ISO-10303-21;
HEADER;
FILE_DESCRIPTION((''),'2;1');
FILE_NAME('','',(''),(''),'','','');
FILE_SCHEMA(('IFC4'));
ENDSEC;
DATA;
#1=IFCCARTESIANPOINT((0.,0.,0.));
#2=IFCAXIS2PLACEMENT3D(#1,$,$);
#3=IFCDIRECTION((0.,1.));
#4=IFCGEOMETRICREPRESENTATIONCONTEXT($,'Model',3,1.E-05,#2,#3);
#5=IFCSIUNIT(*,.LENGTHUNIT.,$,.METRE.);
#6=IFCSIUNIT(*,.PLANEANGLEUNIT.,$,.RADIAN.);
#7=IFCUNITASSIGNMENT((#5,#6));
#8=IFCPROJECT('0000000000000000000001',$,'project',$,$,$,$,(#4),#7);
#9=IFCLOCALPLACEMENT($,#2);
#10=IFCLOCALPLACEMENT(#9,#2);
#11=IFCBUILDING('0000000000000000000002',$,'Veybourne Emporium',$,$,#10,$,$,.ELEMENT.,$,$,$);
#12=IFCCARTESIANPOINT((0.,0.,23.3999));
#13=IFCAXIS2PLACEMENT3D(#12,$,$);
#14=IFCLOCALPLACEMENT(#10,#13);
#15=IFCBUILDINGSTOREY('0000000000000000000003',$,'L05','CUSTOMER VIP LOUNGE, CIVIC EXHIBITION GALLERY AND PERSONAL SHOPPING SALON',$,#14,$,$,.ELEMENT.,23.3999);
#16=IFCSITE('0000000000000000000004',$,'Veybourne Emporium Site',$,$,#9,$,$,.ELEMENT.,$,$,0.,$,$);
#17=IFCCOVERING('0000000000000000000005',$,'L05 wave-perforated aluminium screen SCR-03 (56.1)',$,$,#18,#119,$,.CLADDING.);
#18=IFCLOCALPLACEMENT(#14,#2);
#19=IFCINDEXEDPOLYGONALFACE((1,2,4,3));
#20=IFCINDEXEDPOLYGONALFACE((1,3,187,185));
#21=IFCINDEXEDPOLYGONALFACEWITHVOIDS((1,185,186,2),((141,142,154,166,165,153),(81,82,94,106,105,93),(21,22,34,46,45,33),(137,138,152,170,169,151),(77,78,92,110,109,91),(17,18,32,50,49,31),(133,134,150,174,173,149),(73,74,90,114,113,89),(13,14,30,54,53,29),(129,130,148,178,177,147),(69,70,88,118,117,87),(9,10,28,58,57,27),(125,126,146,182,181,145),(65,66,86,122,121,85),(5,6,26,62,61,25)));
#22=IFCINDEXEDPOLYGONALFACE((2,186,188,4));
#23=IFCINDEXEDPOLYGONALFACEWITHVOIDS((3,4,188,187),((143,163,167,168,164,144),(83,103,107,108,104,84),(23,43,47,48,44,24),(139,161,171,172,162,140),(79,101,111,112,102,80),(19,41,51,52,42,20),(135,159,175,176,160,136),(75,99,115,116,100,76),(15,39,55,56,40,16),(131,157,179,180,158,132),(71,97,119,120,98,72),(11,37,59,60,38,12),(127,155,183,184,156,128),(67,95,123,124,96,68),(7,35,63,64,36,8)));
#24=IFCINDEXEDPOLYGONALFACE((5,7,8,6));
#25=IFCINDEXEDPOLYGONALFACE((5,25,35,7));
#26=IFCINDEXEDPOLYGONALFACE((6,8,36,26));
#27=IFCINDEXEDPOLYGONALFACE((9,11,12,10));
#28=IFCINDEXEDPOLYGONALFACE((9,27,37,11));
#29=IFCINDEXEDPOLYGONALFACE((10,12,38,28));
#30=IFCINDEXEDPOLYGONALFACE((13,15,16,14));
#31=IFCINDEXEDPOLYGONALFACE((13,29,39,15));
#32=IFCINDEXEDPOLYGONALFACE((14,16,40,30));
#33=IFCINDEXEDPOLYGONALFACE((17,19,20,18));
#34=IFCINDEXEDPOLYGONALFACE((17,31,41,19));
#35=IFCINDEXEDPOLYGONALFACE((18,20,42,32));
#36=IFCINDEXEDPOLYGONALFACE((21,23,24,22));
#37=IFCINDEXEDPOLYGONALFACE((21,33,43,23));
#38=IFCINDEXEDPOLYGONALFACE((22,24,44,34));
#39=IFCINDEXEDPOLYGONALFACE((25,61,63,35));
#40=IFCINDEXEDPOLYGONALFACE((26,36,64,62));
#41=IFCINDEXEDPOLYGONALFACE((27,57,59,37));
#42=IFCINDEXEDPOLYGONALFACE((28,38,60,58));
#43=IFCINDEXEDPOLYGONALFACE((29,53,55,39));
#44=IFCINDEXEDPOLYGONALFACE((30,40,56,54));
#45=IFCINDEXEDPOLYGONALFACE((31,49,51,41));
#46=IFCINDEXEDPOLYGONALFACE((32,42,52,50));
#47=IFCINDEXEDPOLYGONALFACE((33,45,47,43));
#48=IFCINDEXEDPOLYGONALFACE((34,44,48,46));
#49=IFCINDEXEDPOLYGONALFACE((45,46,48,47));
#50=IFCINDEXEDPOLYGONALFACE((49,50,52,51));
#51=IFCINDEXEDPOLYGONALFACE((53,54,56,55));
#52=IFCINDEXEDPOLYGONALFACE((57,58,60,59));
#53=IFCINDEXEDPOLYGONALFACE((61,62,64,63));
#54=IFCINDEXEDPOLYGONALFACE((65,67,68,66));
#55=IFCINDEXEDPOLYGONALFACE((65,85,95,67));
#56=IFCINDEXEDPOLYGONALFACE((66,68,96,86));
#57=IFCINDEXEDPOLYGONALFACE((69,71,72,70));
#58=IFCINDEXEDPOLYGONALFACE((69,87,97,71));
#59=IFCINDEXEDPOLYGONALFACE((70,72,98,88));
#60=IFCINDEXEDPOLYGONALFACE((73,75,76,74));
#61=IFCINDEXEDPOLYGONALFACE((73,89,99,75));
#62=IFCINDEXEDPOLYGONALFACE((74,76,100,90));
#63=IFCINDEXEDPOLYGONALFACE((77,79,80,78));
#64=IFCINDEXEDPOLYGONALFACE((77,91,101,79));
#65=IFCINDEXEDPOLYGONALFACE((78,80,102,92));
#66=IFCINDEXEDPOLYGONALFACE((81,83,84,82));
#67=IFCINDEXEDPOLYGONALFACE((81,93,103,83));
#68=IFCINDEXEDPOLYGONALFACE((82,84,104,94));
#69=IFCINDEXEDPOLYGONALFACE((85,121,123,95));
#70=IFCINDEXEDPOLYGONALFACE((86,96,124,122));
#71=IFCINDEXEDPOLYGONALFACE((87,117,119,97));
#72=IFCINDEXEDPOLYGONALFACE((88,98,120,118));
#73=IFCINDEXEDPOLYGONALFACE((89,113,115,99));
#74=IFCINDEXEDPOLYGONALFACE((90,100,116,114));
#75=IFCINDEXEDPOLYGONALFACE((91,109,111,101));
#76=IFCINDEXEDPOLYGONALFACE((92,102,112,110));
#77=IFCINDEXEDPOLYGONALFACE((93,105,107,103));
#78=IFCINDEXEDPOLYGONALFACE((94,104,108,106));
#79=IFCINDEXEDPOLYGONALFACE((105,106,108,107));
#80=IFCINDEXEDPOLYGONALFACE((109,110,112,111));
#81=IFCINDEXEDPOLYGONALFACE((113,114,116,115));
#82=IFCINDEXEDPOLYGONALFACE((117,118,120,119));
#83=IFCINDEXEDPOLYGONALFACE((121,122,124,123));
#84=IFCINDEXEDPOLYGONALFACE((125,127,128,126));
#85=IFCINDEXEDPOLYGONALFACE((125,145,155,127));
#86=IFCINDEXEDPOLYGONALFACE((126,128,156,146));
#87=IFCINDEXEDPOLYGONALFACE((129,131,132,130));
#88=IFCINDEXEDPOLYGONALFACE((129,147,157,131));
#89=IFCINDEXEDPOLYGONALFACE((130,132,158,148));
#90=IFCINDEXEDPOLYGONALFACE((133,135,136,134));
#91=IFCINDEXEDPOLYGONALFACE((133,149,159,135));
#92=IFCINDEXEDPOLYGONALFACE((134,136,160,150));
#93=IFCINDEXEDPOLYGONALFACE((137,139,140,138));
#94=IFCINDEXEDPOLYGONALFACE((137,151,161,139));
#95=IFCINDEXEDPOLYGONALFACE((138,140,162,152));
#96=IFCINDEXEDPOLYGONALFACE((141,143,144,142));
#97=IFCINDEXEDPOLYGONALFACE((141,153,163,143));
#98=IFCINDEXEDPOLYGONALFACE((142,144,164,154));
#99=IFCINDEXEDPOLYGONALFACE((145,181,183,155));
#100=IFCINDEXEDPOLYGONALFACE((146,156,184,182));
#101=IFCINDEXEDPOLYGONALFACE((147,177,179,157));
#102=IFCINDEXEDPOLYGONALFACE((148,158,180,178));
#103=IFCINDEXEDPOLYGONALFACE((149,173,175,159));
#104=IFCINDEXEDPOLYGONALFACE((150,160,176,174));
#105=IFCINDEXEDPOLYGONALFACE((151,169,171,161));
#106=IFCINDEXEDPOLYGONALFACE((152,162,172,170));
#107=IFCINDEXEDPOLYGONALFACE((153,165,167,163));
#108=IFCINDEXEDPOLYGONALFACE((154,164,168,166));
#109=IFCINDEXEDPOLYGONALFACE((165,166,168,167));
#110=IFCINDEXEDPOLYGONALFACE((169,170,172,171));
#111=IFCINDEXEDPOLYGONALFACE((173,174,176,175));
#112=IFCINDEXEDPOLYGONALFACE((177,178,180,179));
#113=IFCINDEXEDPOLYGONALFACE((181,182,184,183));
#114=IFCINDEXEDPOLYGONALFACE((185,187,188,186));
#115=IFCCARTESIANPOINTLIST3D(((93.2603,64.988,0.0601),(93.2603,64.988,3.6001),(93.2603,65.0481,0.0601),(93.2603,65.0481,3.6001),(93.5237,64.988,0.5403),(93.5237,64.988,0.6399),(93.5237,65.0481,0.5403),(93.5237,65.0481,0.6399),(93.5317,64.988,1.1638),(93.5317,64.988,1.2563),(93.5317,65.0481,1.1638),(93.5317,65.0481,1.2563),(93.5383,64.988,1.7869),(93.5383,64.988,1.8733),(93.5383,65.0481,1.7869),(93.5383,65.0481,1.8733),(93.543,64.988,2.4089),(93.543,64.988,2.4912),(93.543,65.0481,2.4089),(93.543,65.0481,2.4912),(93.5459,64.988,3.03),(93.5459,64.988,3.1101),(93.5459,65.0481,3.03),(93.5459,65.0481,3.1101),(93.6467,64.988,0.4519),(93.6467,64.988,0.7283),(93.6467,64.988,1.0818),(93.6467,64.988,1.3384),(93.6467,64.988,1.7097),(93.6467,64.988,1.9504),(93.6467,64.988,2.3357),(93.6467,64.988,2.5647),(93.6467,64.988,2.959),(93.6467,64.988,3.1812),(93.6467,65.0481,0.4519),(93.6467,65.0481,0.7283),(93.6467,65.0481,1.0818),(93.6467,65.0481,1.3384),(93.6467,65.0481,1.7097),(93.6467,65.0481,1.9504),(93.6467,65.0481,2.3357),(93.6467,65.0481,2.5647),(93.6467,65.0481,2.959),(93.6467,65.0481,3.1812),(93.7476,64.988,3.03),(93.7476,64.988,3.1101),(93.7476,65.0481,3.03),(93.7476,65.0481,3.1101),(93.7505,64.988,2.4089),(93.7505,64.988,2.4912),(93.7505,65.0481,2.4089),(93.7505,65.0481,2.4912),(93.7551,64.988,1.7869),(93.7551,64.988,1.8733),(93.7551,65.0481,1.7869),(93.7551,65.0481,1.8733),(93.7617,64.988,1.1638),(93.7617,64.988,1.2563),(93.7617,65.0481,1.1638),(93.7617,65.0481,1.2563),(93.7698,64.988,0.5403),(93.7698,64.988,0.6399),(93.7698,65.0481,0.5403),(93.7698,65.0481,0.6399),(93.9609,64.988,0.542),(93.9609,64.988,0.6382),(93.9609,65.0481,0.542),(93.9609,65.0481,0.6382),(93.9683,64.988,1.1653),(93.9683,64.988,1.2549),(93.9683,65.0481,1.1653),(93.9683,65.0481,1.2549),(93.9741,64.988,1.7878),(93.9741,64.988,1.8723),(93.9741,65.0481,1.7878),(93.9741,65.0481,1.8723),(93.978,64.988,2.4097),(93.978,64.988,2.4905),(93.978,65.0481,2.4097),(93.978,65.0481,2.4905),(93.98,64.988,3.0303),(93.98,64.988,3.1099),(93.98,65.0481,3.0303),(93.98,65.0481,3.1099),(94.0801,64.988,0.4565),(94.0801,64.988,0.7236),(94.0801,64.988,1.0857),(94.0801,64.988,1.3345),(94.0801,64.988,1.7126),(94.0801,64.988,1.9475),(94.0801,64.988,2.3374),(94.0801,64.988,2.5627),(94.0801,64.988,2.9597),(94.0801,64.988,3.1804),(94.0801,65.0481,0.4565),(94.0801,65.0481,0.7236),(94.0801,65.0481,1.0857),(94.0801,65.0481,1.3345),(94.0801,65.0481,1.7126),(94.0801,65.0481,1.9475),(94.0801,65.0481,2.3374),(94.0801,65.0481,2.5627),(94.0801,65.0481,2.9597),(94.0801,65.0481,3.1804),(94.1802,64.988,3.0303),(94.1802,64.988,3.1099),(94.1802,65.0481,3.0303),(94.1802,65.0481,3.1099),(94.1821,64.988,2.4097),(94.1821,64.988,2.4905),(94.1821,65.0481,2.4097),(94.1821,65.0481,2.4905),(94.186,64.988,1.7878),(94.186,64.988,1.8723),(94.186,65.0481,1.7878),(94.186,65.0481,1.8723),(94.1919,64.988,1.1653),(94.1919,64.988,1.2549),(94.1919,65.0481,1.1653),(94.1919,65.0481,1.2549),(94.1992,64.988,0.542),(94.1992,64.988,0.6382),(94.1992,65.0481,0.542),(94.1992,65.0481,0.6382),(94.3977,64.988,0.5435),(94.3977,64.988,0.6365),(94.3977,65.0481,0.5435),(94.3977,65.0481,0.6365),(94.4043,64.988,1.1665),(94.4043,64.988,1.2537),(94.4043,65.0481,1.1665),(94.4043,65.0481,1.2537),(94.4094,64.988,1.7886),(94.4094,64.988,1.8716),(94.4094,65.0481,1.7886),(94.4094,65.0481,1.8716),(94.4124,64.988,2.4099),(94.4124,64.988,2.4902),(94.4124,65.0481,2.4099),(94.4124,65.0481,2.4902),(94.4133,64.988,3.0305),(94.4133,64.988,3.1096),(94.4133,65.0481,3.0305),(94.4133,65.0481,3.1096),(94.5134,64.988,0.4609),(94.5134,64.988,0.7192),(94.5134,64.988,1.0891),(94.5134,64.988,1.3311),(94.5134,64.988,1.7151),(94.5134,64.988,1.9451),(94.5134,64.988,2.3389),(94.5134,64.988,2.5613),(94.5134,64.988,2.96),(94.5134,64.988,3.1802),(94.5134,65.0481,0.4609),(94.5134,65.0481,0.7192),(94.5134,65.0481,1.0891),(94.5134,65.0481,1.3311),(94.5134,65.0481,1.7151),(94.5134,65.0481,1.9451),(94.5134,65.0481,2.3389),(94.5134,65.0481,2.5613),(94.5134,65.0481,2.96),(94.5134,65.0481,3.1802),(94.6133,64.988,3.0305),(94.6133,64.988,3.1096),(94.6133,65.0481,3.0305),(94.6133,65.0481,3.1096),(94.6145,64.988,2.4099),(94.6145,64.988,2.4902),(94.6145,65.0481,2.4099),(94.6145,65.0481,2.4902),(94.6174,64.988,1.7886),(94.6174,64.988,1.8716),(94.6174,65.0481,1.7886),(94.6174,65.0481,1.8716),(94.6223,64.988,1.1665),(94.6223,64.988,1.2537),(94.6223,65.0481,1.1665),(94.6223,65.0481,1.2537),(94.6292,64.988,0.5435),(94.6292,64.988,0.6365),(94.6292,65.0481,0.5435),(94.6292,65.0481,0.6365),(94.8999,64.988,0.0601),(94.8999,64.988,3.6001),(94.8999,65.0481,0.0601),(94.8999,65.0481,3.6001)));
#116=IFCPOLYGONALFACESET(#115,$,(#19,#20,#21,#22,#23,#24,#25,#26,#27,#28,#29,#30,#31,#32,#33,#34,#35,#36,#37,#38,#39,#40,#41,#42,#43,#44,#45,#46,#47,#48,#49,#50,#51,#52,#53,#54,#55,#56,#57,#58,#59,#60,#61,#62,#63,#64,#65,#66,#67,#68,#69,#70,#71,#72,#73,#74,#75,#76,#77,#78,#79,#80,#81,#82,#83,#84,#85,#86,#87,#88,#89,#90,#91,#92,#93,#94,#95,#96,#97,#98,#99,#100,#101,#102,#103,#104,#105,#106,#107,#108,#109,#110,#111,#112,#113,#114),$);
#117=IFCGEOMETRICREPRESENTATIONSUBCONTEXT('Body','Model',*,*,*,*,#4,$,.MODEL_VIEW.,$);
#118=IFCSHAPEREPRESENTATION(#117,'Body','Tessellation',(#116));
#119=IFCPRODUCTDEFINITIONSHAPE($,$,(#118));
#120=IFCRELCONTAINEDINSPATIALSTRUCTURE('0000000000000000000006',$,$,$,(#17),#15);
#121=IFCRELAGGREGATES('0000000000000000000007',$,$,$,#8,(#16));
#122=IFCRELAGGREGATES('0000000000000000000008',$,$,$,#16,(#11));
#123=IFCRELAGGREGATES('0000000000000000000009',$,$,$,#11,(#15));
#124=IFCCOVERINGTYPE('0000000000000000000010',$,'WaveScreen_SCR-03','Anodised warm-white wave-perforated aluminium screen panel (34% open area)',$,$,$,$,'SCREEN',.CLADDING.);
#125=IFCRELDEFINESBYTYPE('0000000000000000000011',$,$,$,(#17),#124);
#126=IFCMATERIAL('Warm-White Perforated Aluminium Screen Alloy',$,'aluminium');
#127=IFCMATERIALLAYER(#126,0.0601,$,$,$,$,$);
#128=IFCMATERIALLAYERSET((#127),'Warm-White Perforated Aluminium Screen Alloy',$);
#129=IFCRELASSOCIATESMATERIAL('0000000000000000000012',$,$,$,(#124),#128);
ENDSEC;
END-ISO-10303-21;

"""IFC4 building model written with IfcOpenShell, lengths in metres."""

from ifc_helpers import new_model, si_unit, direction, frame, origin, place, context, subcontext, project, spatial, polyline, outline, extrude, material, layer, layer_set, type_object, element, save


model = new_model("IFC4")

# Units and contexts
model_context = context("Model", 3, precision=1e-05, world=origin(), true_north=direction((0.0, 1.0)))
body_context = subcontext(model_context, "Body", "Model", "MODEL_VIEW")
ifc_project = project(units=[si_unit("LENGTHUNIT", "METRE"), si_unit("PLANEANGLEUNIT", "RADIAN")], contexts=[model_context])

# Site, building, storey
site_placement = place(None, origin())
site = spatial("IfcSite", under=ifc_project, at=site_placement, Name="Veybourne Emporium Site", CompositionType="ELEMENT", RefElevation=0.0)
building_placement = place(site_placement, origin())
building = spatial("IfcBuilding", under=site, at=building_placement, Name="Veybourne Emporium", CompositionType="ELEMENT")
storey_placement = place(building_placement, frame((0.0, 0.0, 23.3999)))
storey = spatial("IfcBuildingStorey", under=building, at=storey_placement, Name="L05", Description="CUSTOMER VIP LOUNGE, CIVIC EXHIBITION GALLERY AND PERSONAL SHOPPING SALON", CompositionType="ELEMENT", Elevation=23.3999)

# Covering
ifc_material_1 = material(Name="Warm-White Perforated Aluminium Screen Alloy", Category="aluminium")
ifc_layer_1 = layer(ifc_material_1, 0.0601)
ifc_layer_set_1 = layer_set([ifc_layer_1], Name="Warm-White Perforated Aluminium Screen Alloy")
covering_type_1 = type_object("IfcCoveringType", Name="WaveScreen_SCR-03", Description="Anodised warm-white wave-perforated aluminium screen panel (34% open area)", ElementType="SCREEN", PredefinedType="CLADDING", material=ifc_layer_set_1)
covering_1_placement = place(storey_placement, frame((94.0801, 65.0481, 1.8301), z_axis=(0.0, -1.0, 0.0), x_axis=(1.0, 0.0, 0.0)))
element("IfcCovering", 1, at=covering_1_placement, inside=storey, type_object=covering_type_1, Name="L05 wave-perforated aluminium screen SCR-03 (56.1)", PredefinedType="CLADDING", context=body_context, shape_type="SweptSolid", body=[
    extrude(outline(polyline([(-0.8198, -1.77), (0.8198, -1.77), (0.8198, 1.77), (-0.8198, 1.77), (-0.8198, -1.77)]), holes=[polyline([(-0.4333, -1.1018), (-0.3103, -1.1902), (-0.3103, -1.2898), (-0.4333, -1.3782), (-0.5564, -1.2898), (-0.5564, -1.1902), (-0.4333, -1.1018)]), polyline([(-0.4333, -0.4917), (-0.3184, -0.5737), (-0.3184, -0.6663), (-0.4333, -0.7483), (-0.5483, -0.6663), (-0.5483, -0.5737), (-0.4333, -0.4917)]), polyline([(-0.4333, 0.1204), (-0.325, 0.0432), (-0.325, -0.0432), (-0.4333, -0.1204), (-0.5417, -0.0432), (-0.5417, 0.0432), (-0.4333, 0.1204)]), polyline([(-0.4333, 0.7346), (-0.3296, 0.6611), (-0.3296, 0.5789), (-0.4333, 0.5056), (-0.5371, 0.5789), (-0.5371, 0.6611), (-0.4333, 0.7346)]), polyline([(-0.4333, 1.3511), (-0.3325, 1.28), (-0.3325, 1.2), (-0.4333, 1.1289), (-0.5342, 1.2), (-0.5342, 1.28), (-0.4333, 1.3511)]), polyline([(0.0, -1.1064), (0.1191, -1.1919), (0.1191, -1.2881), (0.0, -1.3735), (-0.1191, -1.2881), (-0.1191, -1.1919), (0.0, -1.1064)]), polyline([(0.0, -0.4956), (0.1118, -0.5752), (0.1118, -0.6648), (0.0, -0.7444), (-0.1118, -0.6648), (-0.1118, -0.5752), (0.0, -0.4956)]), polyline([(0.0, 0.1174), (0.106, 0.0422), (0.106, -0.0422), (0.0, -0.1174), (-0.106, -0.0422), (-0.106, 0.0422), (0.0, 0.1174)]), polyline([(0.0, 0.7327), (0.1021, 0.6604), (0.1021, 0.5796), (0.0, 0.5073), (-0.1021, 0.5796), (-0.1021, 0.6604), (0.0, 0.7327)]), polyline([(0.0, 1.3503), (0.1001, 1.2798), (0.1001, 1.2002), (0.0, 1.1296), (-0.1001, 1.2002), (-0.1001, 1.2798), (0.0, 1.3503)]), polyline([(0.4333, -1.1108), (0.5491, -1.1936), (0.5491, -1.2866), (0.4333, -1.3691), (0.3176, -1.2866), (0.3176, -1.1936), (0.4333, -1.1108)]), polyline([(0.4333, -0.499), (0.5422, -0.5764), (0.5422, -0.6636), (0.4333, -0.741), (0.3242, -0.6636), (0.3242, -0.5764), (0.4333, -0.499)]), polyline([(0.4333, 0.115), (0.5374, 0.0415), (0.5374, -0.0415), (0.4333, -0.115), (0.3293, -0.0415), (0.3293, 0.0415), (0.4333, 0.115)]), polyline([(0.4333, 0.7312), (0.5344, 0.6602), (0.5344, 0.5798), (0.4333, 0.5088), (0.3323, 0.5798), (0.3323, 0.6602), (0.4333, 0.7312)]), polyline([(0.4333, 1.3501), (0.5332, 1.2795), (0.5332, 1.2004), (0.4333, 1.1299), (0.3333, 1.2004), (0.3333, 1.2795), (0.4333, 1.3501)])]), origin(), (0.0, 0.0, 1.0), 0.0601),
])

save(model, "model.ifc")
